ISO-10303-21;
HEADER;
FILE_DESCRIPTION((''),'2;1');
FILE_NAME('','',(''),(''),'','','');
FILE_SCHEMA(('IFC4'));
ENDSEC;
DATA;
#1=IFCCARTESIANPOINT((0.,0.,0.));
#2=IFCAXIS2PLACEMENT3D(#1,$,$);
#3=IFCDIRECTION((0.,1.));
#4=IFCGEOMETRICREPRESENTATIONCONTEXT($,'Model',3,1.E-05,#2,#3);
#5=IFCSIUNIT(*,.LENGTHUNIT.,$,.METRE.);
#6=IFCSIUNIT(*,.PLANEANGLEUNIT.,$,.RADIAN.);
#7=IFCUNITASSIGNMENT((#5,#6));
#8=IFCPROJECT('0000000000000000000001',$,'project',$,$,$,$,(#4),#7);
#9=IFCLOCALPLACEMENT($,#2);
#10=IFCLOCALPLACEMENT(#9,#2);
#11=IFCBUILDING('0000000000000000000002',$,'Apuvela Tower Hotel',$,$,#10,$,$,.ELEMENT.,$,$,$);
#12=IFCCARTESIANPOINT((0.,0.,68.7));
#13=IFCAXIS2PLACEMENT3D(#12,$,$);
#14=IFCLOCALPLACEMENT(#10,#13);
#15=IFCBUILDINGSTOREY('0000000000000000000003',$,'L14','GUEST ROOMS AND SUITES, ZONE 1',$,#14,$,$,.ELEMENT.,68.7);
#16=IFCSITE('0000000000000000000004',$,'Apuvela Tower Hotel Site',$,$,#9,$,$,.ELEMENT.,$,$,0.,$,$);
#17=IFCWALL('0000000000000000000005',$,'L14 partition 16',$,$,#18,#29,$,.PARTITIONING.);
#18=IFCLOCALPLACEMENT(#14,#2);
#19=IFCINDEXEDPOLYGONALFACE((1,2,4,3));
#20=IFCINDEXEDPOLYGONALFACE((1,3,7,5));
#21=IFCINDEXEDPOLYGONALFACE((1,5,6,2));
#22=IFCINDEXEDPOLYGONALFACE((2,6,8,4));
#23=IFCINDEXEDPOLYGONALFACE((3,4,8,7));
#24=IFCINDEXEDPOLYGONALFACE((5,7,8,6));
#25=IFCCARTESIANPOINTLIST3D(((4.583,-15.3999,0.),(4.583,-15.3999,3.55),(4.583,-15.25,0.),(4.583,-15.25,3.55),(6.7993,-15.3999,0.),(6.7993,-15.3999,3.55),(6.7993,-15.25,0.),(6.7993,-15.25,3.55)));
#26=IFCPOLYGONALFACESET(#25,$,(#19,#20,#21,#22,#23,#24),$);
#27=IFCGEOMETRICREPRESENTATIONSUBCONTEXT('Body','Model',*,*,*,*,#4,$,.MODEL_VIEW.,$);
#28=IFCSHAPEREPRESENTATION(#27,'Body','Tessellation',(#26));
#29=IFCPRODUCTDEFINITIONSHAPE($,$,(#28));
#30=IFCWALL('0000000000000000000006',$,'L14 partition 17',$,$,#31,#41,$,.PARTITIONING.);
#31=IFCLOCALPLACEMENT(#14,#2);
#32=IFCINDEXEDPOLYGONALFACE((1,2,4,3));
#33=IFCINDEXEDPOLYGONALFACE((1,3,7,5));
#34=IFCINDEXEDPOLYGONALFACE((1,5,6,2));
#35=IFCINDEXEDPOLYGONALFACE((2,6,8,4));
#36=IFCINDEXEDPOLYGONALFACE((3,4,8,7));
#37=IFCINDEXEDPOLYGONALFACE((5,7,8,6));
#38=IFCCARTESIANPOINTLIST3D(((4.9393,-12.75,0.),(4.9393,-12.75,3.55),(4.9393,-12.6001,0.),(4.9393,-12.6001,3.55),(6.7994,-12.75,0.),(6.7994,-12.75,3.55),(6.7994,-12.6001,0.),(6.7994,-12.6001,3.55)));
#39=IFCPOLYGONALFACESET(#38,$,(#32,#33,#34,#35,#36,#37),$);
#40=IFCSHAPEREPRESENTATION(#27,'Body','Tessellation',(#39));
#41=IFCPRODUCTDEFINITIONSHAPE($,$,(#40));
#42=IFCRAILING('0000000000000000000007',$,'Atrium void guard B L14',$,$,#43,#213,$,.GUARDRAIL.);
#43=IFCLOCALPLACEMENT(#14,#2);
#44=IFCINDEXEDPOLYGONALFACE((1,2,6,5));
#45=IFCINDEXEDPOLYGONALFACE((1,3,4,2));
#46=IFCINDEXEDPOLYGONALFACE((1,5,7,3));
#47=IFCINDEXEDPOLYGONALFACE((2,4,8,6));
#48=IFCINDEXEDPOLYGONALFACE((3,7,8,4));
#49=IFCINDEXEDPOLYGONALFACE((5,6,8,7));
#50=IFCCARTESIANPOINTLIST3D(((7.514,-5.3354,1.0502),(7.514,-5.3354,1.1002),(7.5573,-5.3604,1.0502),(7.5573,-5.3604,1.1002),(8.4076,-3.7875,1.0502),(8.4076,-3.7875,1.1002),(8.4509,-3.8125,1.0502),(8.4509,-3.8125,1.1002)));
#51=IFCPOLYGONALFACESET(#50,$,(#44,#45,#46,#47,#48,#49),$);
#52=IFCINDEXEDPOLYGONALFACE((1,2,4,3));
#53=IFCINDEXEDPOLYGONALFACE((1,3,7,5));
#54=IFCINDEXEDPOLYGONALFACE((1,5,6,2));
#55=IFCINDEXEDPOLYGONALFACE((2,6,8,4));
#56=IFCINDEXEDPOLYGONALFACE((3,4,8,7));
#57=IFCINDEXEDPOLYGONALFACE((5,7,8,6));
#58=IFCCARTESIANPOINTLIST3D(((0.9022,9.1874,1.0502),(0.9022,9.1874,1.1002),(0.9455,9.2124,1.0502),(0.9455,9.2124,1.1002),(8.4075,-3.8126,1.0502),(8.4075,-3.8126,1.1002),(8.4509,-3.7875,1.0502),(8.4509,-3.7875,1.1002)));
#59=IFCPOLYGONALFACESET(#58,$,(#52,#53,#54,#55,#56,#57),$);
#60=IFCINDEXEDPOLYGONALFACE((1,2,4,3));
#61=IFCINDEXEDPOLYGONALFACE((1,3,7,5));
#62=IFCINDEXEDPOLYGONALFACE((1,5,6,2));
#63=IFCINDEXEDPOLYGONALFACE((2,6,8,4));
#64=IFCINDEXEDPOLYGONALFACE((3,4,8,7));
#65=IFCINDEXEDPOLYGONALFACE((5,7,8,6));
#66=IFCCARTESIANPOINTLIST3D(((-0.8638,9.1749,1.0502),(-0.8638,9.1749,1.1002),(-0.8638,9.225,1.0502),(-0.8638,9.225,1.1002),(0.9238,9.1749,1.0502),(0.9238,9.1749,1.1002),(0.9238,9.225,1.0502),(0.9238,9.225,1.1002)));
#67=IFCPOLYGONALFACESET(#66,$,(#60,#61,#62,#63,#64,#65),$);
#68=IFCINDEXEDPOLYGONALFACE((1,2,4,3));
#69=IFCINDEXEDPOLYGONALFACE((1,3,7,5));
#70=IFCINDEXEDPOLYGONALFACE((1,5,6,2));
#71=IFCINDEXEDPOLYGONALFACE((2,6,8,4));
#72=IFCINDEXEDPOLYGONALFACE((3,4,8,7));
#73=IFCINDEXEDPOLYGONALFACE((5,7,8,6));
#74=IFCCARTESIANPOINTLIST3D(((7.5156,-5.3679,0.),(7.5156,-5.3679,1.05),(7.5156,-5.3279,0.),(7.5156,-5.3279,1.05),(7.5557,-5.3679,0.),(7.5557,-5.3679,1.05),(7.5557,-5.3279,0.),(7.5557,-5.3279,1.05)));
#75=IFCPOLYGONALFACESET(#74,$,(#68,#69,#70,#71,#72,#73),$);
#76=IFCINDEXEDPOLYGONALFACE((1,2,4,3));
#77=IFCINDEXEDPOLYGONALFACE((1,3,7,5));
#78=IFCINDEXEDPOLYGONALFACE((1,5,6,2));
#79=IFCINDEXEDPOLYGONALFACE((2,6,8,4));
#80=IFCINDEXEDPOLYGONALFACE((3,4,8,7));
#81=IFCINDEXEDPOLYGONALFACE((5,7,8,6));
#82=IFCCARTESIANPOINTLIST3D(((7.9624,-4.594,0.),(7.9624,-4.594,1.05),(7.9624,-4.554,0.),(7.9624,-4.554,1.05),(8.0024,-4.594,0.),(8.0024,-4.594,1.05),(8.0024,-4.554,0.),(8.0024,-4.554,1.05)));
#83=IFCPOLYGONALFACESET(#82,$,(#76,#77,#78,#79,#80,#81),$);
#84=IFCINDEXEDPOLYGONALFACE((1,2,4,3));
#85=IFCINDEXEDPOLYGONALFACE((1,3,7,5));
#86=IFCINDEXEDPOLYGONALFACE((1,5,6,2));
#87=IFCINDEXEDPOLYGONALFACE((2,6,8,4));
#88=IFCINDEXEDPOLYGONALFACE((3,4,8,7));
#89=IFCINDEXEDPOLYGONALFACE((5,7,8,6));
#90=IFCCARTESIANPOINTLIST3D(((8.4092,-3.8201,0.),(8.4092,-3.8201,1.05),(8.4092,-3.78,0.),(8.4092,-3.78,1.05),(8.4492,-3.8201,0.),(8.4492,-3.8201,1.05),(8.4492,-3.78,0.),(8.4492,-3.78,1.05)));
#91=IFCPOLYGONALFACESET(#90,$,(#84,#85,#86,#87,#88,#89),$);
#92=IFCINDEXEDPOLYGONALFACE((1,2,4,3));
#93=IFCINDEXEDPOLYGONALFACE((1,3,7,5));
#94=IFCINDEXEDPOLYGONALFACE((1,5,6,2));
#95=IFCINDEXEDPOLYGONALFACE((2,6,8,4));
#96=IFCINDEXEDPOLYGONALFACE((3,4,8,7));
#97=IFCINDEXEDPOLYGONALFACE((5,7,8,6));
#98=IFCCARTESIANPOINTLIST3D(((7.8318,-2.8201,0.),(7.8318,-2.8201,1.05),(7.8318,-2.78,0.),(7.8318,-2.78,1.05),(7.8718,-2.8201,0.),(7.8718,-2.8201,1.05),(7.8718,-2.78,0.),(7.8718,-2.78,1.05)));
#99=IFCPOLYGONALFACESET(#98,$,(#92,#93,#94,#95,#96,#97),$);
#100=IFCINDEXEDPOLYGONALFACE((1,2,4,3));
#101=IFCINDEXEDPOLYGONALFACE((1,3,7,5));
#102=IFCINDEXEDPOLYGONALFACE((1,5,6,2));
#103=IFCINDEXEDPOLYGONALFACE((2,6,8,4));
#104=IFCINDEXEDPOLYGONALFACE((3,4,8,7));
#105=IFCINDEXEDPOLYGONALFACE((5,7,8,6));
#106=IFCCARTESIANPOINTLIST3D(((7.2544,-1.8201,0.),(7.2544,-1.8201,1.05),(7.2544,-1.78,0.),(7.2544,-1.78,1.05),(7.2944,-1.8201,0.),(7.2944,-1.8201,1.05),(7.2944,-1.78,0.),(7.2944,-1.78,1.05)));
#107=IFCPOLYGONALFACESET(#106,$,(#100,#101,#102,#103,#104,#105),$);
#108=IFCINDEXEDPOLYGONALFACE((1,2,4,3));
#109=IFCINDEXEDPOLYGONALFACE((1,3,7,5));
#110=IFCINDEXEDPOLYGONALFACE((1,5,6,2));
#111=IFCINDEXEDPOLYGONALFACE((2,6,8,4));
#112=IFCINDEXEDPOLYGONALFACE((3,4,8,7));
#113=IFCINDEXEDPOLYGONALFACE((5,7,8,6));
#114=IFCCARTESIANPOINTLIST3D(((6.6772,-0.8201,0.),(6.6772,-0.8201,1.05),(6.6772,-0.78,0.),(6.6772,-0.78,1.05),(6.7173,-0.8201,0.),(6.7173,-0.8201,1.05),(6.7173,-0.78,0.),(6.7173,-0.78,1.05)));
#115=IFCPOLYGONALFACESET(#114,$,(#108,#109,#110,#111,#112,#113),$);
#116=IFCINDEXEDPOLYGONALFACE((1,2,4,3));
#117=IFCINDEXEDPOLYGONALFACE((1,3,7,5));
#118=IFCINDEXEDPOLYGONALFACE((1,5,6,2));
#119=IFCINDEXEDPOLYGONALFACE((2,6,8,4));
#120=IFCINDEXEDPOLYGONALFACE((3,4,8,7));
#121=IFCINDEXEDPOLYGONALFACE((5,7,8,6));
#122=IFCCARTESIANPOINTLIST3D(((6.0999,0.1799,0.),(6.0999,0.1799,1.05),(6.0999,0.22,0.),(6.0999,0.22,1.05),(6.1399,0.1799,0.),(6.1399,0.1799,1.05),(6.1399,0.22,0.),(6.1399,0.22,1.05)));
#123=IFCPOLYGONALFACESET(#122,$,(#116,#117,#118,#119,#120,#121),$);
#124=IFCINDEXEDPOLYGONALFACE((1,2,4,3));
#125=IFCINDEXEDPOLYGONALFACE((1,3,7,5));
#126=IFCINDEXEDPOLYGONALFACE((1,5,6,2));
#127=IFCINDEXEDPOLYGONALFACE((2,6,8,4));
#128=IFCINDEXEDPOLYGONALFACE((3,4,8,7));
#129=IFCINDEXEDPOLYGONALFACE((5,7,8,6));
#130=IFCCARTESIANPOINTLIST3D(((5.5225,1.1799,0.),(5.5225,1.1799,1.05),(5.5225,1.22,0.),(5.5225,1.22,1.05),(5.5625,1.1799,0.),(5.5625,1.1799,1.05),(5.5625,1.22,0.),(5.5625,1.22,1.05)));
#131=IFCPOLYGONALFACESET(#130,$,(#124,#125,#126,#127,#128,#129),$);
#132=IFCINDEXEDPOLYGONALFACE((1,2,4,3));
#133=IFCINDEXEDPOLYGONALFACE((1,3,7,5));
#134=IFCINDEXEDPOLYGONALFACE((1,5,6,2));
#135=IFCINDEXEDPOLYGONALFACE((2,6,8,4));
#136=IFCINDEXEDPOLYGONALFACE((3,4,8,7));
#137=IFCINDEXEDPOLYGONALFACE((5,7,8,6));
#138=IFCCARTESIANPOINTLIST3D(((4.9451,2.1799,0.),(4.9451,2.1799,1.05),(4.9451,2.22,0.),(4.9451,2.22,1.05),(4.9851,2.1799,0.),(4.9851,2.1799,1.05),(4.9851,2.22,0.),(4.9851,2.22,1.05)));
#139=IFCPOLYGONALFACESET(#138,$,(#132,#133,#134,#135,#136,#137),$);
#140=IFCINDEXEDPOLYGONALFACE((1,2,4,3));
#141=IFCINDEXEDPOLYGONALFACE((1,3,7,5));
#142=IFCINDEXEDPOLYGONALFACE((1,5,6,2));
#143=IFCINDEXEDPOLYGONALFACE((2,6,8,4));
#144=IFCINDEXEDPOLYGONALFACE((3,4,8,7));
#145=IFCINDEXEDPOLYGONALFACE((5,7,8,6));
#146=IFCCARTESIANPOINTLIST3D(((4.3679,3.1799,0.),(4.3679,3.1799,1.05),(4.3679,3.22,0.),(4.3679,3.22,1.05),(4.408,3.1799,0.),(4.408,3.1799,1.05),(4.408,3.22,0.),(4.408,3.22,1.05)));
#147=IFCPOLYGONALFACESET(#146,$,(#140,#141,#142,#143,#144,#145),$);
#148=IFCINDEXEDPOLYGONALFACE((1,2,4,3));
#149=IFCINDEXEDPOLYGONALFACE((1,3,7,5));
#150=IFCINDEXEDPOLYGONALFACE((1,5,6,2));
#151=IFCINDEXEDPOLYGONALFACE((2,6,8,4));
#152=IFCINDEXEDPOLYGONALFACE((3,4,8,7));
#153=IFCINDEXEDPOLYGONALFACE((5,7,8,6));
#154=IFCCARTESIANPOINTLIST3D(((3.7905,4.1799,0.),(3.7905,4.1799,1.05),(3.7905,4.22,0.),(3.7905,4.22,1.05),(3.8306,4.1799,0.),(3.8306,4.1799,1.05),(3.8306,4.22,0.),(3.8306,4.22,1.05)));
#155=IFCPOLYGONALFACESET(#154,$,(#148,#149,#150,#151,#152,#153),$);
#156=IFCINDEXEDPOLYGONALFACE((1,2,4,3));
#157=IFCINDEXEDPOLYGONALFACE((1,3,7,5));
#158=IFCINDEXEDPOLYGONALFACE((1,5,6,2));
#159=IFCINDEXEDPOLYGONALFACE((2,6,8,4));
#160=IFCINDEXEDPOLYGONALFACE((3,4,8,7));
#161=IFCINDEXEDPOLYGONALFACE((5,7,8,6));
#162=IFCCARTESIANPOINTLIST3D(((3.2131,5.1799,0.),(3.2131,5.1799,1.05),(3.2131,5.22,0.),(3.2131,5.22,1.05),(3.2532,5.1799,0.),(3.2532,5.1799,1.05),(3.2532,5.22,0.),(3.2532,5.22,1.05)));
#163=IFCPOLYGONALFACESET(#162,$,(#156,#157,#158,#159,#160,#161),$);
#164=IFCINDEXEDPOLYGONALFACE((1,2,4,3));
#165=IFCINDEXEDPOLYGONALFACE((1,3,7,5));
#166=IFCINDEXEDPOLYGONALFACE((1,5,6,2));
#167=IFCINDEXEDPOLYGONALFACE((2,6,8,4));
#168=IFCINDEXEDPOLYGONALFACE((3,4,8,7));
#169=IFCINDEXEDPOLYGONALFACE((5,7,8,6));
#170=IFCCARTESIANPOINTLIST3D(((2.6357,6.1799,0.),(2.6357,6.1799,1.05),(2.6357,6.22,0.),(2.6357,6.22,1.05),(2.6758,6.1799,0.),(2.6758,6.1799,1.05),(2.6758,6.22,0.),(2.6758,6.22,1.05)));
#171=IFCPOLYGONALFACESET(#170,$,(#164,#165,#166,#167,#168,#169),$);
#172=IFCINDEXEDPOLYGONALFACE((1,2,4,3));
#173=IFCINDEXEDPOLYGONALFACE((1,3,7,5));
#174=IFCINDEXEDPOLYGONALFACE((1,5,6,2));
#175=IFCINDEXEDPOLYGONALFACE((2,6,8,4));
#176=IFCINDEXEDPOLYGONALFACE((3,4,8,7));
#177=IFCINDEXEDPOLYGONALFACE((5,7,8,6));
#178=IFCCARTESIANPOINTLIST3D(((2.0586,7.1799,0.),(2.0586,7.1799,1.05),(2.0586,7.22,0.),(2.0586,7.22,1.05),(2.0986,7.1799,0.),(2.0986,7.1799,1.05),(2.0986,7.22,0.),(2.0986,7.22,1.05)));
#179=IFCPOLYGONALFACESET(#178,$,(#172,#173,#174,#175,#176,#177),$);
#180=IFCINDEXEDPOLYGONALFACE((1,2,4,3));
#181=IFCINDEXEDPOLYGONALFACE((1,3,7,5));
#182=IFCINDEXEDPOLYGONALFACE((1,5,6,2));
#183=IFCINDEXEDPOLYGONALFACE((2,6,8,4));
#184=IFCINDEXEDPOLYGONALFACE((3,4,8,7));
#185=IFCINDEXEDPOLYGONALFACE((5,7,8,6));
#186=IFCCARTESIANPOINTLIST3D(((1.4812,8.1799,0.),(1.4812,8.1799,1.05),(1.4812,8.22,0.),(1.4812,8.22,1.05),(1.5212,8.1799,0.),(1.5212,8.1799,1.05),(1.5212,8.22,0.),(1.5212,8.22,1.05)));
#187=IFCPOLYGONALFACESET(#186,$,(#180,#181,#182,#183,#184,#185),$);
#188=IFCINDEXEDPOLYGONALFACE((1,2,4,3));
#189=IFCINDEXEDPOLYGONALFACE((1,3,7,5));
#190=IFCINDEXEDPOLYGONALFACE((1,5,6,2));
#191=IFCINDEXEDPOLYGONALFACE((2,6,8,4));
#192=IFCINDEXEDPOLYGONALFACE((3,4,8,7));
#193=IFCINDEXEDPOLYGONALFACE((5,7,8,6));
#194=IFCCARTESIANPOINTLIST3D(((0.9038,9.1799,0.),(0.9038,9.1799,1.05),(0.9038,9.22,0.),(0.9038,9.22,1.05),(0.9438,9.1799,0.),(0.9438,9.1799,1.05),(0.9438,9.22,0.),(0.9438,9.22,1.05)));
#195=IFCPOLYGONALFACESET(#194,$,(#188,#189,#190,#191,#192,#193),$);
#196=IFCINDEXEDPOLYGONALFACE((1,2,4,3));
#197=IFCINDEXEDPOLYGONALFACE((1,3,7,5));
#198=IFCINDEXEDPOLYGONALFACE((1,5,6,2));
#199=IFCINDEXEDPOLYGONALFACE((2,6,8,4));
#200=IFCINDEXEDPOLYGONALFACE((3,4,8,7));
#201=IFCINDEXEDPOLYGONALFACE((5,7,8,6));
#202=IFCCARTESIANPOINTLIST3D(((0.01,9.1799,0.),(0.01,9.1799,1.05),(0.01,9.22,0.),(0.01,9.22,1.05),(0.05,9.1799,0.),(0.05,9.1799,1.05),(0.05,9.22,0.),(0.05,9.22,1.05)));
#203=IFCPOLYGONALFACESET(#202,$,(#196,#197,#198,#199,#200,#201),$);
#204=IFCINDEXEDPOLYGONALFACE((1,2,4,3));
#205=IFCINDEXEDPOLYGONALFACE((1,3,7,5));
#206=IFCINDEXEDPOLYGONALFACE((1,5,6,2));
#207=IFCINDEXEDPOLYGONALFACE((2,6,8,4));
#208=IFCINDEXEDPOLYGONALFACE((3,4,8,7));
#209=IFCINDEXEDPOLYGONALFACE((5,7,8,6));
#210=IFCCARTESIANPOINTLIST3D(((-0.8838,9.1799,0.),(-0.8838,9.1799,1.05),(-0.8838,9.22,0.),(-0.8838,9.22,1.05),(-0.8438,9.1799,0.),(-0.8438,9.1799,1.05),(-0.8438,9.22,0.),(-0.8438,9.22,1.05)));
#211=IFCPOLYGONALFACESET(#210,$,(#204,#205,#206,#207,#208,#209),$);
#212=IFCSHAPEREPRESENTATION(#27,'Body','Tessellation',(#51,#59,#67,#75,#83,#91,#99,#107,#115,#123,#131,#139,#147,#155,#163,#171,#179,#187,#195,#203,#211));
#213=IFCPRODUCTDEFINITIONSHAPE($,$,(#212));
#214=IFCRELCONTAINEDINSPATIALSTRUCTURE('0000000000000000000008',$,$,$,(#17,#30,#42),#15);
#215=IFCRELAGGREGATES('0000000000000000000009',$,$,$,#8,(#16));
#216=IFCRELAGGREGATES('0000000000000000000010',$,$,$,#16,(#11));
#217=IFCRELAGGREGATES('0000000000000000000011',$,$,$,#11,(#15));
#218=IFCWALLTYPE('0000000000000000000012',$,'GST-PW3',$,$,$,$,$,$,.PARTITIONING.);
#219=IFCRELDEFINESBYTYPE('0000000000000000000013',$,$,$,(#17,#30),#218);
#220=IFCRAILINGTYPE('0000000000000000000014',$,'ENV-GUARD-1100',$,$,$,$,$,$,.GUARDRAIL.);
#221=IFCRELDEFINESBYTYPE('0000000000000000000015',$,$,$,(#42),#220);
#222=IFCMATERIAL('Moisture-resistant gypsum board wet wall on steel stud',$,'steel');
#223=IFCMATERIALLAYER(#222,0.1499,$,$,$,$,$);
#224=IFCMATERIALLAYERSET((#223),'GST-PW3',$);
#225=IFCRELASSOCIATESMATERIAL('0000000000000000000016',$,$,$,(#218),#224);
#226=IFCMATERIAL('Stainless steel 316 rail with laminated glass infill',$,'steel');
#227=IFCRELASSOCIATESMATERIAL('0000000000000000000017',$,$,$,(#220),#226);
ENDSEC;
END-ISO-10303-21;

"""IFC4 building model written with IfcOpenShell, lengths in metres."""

from ifc_helpers import new_model, si_unit, direction, frame, frame_2d, origin, origin_2d, place, context, subcontext, project, spatial, rectangle, extrude, material, layer, layer_set, type_object, element, save


model = new_model("IFC4")

# Units and contexts
model_context = context("Model", 3, precision=1e-05, world=origin(), true_north=direction((0.0, 1.0)))
body_context = subcontext(model_context, "Body", "Model", "MODEL_VIEW")
ifc_project = project(units=[si_unit("LENGTHUNIT", "METRE"), si_unit("PLANEANGLEUNIT", "RADIAN")], contexts=[model_context])

# Site, building, storey
site_placement = place(None, origin())
site = spatial("IfcSite", under=ifc_project, at=site_placement, Name="Apuvela Tower Hotel Site", CompositionType="ELEMENT", RefElevation=0.0)
building_placement = place(site_placement, origin())
building = spatial("IfcBuilding", under=site, at=building_placement, Name="Apuvela Tower Hotel", CompositionType="ELEMENT")
storey_placement = place(building_placement, frame((0.0, 0.0, 68.7)))
storey = spatial("IfcBuildingStorey", under=building, at=storey_placement, Name="L14", Description="GUEST ROOMS AND SUITES, ZONE 1", CompositionType="ELEMENT", Elevation=68.7)

# Shared definitions
ifc_material_1 = material(Name="Moisture-resistant gypsum board wet wall on steel stud", Category="steel")
ifc_layer_1 = layer(ifc_material_1, 0.1499)
ifc_layer_set_1 = layer_set([ifc_layer_1], Name="GST-PW3")
wall_type_1 = type_object("IfcWallType", Name="GST-PW3", PredefinedType="PARTITIONING", material=ifc_layer_set_1)

# Walls
wall_1_placement = place(storey_placement, frame((4.583, -15.325, 0.0), z_axis=(0.0, 0.0, 1.0), x_axis=(1.0, 0.0, 0.0)))
element("IfcWall", 1, at=wall_1_placement, inside=storey, type_object=wall_type_1, Name="L14 partition 16", PredefinedType="PARTITIONING", context=body_context, shape_type="SweptSolid", body=[
    extrude(rectangle(XDim=2.2163, YDim=0.1499, at=frame_2d((1.1082, 0.0))), origin(), (0.0, 0.0, 1.0), 3.55),
])
wall_2_placement = place(storey_placement, frame((4.9392, -12.675, 0.0), z_axis=(0.0, 0.0, 1.0), x_axis=(1.0, 0.0, 0.0)))
element("IfcWall", 2, at=wall_2_placement, inside=storey, type_object=wall_type_1, Name="L14 partition 17", PredefinedType="PARTITIONING", context=body_context, shape_type="SweptSolid", body=[
    extrude(rectangle(XDim=1.8601, YDim=0.1499, at=frame_2d((0.9302, 0.0))), origin(), (0.0, 0.0, 1.0), 3.55),
])

# Railing
ifc_material_2 = material(Name="Stainless steel 316 rail with laminated glass infill", Category="steel")
railing_type = type_object("IfcRailingType", Name="ENV-GUARD-1100", PredefinedType="GUARDRAIL", material=ifc_material_2)
railing_placement = place(storey_placement, frame((7.5356, -5.3479, 0.0)))
element("IfcRailing", 3, at=railing_placement, inside=storey, type_object=railing_type, Name="Atrium void guard B L14", PredefinedType="GUARDRAIL", context=body_context, shape_type="SweptSolid", body=[
    extrude(rectangle(XDim=0.05, YDim=0.05, at=origin_2d()), frame((0.0, 0.0, 1.0752), z_axis=(0.499959, 0.866049, 0.0), x_axis=(-0.866049, 0.499959, 0.0)), (0.0, 0.0, 1.0), 1.7874),
    extrude(rectangle(XDim=0.05, YDim=0.05, at=origin_2d()), frame((0.8936, 1.5479, 1.0752), z_axis=(-0.499991, 0.866031, 0.0), x_axis=(-0.866031, -0.499991, 0.0)), (0.0, 0.0, 1.0), 15.011),
    extrude(rectangle(XDim=0.05, YDim=0.05, at=origin_2d()), frame((-6.6118, 14.5479, 1.0752), z_axis=(-1.0, 0.0, 0.0), x_axis=(0.0, -1.0, 0.0)), (0.0, 0.0, 1.0), 1.7876),
    extrude(rectangle(XDim=0.04, YDim=0.04, at=origin_2d()), origin(), (0.0, 0.0, 1.0), 1.05),
    extrude(rectangle(XDim=0.04, YDim=0.04, at=origin_2d()), frame((0.4468, 0.7739, 0.0)), (0.0, 0.0, 1.0), 1.05),
    extrude(rectangle(XDim=0.04, YDim=0.04, at=origin_2d()), frame((0.8936, 1.5479, 0.0)), (0.0, 0.0, 1.0), 1.05),
    extrude(rectangle(XDim=0.04, YDim=0.04, at=origin_2d()), frame((0.3162, 2.5479, 0.0)), (0.0, 0.0, 1.0), 1.05),
    extrude(rectangle(XDim=0.04, YDim=0.04, at=origin_2d()), frame((-0.2612, 3.5479, 0.0)), (0.0, 0.0, 1.0), 1.05),
    extrude(rectangle(XDim=0.04, YDim=0.04, at=origin_2d()), frame((-0.8384, 4.5479, 0.0)), (0.0, 0.0, 1.0), 1.05),
    extrude(rectangle(XDim=0.04, YDim=0.04, at=origin_2d()), frame((-1.4158, 5.5479, 0.0)), (0.0, 0.0, 1.0), 1.05),
    extrude(rectangle(XDim=0.04, YDim=0.04, at=origin_2d()), frame((-1.9932, 6.5479, 0.0)), (0.0, 0.0, 1.0), 1.05),
    extrude(rectangle(XDim=0.04, YDim=0.04, at=origin_2d()), frame((-2.5706, 7.5479, 0.0)), (0.0, 0.0, 1.0), 1.05),
    extrude(rectangle(XDim=0.04, YDim=0.04, at=origin_2d()), frame((-3.1477, 8.5479, 0.0)), (0.0, 0.0, 1.0), 1.05),
    extrude(rectangle(XDim=0.04, YDim=0.04, at=origin_2d()), frame((-3.7251, 9.5479, 0.0)), (0.0, 0.0, 1.0), 1.05),
    extrude(rectangle(XDim=0.04, YDim=0.04, at=origin_2d()), frame((-4.3025, 10.5479, 0.0)), (0.0, 0.0, 1.0), 1.05),
    extrude(rectangle(XDim=0.04, YDim=0.04, at=origin_2d()), frame((-4.8799, 11.5479, 0.0)), (0.0, 0.0, 1.0), 1.05),
    extrude(rectangle(XDim=0.04, YDim=0.04, at=origin_2d()), frame((-5.457, 12.5479, 0.0)), (0.0, 0.0, 1.0), 1.05),
    extrude(rectangle(XDim=0.04, YDim=0.04, at=origin_2d()), frame((-6.0344, 13.5479, 0.0)), (0.0, 0.0, 1.0), 1.05),
    extrude(rectangle(XDim=0.04, YDim=0.04, at=origin_2d()), frame((-6.6118, 14.5479, 0.0)), (0.0, 0.0, 1.0), 1.05),
    extrude(rectangle(XDim=0.04, YDim=0.04, at=origin_2d()), frame((-7.5056, 14.5479, 0.0)), (0.0, 0.0, 1.0), 1.05),
    extrude(rectangle(XDim=0.04, YDim=0.04, at=origin_2d()), frame((-8.3994, 14.5479, 0.0)), (0.0, 0.0, 1.0), 1.05),
])

save(model, "model.ifc")
